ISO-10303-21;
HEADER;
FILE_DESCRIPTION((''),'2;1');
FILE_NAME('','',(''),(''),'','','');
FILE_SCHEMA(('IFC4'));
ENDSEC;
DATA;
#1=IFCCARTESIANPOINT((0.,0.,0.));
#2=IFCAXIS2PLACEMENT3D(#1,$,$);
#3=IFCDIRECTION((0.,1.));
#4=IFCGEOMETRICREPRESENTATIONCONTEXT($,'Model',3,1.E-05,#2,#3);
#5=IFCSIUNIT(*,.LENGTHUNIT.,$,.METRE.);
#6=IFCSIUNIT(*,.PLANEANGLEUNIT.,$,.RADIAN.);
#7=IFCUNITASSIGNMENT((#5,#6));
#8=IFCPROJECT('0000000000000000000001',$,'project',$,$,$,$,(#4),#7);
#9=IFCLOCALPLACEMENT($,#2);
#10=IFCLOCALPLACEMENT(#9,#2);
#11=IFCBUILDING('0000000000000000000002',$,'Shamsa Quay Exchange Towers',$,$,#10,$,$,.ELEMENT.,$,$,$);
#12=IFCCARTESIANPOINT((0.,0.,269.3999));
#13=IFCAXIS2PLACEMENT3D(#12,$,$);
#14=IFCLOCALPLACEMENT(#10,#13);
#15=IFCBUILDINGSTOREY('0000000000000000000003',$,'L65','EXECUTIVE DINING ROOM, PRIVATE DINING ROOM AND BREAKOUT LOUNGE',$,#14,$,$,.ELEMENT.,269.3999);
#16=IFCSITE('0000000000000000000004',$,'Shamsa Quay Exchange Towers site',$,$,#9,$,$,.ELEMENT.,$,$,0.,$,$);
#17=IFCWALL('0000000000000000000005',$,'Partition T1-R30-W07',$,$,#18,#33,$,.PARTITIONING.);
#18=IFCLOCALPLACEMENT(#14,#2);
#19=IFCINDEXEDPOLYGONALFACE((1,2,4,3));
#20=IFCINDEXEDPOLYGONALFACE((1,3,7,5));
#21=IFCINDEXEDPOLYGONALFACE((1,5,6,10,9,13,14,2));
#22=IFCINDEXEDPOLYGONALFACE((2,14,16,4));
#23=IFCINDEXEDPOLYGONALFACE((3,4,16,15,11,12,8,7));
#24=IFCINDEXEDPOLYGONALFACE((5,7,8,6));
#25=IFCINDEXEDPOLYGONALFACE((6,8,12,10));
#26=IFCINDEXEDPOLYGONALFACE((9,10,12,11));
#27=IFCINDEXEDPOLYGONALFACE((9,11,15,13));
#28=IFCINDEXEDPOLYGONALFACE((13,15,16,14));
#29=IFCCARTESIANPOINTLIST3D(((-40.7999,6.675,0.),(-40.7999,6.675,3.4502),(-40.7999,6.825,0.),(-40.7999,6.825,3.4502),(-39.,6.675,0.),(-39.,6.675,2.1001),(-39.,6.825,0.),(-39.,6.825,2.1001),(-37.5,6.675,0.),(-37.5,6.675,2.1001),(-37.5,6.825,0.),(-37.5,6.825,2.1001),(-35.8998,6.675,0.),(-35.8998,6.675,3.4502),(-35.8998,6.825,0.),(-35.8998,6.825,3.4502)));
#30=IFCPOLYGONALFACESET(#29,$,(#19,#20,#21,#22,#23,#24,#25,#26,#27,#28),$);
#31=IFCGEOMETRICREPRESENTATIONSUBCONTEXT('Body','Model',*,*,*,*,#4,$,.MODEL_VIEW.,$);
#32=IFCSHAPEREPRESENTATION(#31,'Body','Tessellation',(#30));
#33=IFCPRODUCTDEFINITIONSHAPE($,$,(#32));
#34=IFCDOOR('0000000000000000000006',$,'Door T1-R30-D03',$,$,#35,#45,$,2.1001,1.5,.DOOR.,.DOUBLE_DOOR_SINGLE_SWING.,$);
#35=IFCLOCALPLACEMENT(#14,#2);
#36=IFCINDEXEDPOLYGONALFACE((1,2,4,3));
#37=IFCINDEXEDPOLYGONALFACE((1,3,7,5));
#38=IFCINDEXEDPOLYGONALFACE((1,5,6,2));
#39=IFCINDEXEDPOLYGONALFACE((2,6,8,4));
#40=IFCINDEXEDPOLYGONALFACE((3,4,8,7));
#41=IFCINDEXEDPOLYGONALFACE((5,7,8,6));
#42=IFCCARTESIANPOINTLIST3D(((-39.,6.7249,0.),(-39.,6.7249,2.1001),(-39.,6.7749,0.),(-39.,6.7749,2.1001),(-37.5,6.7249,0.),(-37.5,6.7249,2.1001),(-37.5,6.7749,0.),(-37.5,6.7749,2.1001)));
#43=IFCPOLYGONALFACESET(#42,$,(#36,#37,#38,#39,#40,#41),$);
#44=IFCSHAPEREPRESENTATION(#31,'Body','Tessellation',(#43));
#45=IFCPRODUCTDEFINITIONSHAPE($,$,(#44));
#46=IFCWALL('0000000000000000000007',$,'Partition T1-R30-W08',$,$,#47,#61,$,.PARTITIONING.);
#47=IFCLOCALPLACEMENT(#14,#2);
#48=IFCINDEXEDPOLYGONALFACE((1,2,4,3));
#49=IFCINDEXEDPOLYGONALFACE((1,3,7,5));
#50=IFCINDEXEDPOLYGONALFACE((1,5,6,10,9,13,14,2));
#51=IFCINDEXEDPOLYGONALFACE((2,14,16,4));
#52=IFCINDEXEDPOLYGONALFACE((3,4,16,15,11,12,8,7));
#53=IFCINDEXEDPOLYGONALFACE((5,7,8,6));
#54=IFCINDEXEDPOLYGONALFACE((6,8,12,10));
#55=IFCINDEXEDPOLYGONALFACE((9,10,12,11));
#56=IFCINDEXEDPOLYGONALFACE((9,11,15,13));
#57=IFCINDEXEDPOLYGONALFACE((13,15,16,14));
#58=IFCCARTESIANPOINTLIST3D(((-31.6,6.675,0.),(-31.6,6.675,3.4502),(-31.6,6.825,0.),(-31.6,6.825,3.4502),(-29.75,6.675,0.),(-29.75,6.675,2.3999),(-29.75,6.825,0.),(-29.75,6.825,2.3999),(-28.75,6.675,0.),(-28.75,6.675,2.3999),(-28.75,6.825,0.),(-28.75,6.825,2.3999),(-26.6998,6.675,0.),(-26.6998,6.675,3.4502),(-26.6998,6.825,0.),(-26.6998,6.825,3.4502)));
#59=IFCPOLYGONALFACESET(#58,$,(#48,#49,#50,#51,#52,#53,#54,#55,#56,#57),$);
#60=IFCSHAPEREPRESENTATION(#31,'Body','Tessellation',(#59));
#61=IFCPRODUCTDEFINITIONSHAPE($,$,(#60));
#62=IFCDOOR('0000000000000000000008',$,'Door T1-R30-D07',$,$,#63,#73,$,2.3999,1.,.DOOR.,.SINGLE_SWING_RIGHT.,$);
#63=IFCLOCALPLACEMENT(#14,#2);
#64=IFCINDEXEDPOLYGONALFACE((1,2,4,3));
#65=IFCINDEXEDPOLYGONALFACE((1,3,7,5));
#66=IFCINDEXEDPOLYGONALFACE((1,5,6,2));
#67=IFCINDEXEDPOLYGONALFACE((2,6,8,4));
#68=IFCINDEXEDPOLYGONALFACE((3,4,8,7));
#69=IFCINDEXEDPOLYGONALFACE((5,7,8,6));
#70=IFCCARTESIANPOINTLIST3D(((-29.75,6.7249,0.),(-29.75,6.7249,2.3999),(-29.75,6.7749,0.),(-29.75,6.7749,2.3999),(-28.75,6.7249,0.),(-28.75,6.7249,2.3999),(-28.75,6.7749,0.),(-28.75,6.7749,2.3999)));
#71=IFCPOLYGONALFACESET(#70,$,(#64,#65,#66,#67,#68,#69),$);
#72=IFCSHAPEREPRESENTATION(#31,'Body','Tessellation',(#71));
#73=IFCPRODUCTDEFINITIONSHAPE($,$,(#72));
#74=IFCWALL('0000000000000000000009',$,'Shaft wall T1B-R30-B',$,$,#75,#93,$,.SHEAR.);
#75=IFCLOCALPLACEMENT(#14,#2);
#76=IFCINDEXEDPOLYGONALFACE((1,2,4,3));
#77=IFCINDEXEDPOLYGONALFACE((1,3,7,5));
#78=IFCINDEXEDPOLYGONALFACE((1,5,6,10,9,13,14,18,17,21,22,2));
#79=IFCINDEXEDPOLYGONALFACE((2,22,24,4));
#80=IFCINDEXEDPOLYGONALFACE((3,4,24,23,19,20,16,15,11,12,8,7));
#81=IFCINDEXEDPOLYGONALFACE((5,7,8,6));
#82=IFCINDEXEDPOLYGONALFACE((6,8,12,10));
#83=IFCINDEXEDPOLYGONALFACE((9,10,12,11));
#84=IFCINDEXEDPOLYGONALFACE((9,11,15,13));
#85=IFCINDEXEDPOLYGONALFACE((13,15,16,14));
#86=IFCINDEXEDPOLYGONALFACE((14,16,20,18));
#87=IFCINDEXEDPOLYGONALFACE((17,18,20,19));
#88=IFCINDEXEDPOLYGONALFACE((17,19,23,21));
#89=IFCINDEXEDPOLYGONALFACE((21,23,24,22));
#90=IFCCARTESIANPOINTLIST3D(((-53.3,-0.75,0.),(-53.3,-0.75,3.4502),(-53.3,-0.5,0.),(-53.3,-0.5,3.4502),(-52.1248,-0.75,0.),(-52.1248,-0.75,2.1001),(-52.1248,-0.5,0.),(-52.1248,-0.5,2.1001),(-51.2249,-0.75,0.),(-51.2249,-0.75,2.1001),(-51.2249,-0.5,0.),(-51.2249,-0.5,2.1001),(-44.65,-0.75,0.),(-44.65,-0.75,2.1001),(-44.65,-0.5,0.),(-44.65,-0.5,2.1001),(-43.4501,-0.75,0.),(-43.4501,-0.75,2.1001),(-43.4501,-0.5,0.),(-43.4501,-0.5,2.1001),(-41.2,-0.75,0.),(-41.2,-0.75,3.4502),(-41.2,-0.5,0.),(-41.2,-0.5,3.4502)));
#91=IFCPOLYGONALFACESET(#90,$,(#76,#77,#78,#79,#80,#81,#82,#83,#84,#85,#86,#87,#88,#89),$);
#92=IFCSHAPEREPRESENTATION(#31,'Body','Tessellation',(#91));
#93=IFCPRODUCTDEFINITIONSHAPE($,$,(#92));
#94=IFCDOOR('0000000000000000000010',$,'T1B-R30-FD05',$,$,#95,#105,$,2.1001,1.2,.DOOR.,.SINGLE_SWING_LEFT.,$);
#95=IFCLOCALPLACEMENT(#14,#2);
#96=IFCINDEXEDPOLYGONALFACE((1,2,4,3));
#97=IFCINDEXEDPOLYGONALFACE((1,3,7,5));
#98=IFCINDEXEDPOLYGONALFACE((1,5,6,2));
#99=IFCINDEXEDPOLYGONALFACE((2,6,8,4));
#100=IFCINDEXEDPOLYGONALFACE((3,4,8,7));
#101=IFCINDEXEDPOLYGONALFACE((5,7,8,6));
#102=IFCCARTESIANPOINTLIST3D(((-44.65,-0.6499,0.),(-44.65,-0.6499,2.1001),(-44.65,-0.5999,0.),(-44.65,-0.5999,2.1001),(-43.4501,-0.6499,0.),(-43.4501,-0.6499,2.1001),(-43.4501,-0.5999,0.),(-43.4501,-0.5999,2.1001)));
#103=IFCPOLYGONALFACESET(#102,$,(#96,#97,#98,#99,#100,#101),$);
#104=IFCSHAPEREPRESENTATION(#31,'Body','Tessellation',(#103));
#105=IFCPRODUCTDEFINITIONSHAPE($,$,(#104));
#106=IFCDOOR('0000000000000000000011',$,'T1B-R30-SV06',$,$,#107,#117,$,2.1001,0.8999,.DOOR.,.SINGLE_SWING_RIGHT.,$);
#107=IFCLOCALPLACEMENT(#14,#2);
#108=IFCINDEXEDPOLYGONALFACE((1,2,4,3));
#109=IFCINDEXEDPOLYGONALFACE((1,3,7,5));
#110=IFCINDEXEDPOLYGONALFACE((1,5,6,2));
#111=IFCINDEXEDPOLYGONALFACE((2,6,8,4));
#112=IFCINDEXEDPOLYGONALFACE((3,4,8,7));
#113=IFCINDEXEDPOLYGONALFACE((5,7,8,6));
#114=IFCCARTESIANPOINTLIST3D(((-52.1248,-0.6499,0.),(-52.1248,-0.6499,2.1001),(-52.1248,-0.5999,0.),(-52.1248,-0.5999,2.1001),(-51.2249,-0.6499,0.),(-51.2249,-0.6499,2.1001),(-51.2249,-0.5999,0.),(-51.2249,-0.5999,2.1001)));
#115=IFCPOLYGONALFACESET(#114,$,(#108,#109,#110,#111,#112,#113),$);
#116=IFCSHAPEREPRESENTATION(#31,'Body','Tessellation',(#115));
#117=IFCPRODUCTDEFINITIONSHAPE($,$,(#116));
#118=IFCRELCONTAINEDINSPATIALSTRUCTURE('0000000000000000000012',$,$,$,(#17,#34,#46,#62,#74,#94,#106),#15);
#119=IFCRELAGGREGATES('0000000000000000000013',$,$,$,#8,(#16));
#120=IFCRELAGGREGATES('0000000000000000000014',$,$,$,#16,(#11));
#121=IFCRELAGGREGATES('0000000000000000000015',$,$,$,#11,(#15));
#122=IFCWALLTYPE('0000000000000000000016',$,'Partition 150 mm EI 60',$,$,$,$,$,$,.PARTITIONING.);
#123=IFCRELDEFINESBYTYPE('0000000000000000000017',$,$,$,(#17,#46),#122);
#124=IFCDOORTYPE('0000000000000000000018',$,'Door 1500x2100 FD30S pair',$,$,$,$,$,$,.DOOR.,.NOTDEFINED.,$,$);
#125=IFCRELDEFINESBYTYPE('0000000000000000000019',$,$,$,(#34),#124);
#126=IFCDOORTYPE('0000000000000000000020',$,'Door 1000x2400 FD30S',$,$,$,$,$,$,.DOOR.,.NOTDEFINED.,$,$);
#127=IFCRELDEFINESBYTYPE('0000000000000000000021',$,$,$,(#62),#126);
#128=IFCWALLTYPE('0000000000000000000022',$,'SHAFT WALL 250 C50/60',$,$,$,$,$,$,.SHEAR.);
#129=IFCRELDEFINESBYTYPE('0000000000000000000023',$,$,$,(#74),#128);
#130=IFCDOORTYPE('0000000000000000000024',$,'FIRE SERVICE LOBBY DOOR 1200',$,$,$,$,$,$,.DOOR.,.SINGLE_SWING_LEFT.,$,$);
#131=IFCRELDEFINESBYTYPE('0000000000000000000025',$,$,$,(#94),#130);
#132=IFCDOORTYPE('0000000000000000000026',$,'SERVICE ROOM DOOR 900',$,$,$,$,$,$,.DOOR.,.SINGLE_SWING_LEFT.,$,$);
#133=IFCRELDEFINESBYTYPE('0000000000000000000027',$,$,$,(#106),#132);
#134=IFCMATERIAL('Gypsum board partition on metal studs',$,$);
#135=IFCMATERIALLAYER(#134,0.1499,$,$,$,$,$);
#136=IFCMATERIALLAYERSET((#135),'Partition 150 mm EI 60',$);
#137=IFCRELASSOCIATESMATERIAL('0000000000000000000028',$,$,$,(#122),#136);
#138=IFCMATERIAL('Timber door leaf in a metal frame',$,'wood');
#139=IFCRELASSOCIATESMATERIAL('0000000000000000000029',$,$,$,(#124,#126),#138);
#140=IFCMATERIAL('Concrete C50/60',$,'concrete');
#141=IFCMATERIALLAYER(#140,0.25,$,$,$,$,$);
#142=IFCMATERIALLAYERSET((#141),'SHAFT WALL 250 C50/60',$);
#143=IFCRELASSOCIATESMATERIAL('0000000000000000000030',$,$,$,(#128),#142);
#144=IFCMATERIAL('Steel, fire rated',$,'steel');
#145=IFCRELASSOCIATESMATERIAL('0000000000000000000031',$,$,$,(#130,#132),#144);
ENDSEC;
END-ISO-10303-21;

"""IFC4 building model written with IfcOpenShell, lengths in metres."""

from ifc_helpers import new_model, si_unit, direction, frame, frame_2d, origin, place, context, subcontext, project, spatial, rectangle, extrude, material, layer, layer_set, type_object, element, fill, save


model = new_model("IFC4")

# Units and contexts
model_context = context("Model", 3, precision=1e-05, world=origin(), true_north=direction((0.0, 1.0)))
body_context = subcontext(model_context, "Body", "Model", "MODEL_VIEW")
ifc_project = project(units=[si_unit("LENGTHUNIT", "METRE"), si_unit("PLANEANGLEUNIT", "RADIAN")], contexts=[model_context])

# Site, building, storey
site_placement = place(None, origin())
site = spatial("IfcSite", under=ifc_project, at=site_placement, Name="Shamsa Quay Exchange Towers site", CompositionType="ELEMENT", RefElevation=0.0)
building_placement = place(site_placement, origin())
building = spatial("IfcBuilding", under=site, at=building_placement, Name="Shamsa Quay Exchange Towers", CompositionType="ELEMENT")
storey_placement = place(building_placement, frame((0.0, 0.0, 269.3999)))
storey = spatial("IfcBuildingStorey", under=building, at=storey_placement, Name="L65", Description="EXECUTIVE DINING ROOM, PRIVATE DINING ROOM AND BREAKOUT LOUNGE", CompositionType="ELEMENT", Elevation=269.3999)

# Shared definitions
ifc_material_1 = material(Name="Timber door leaf in a metal frame", Category="wood")

# Shared definitions
ifc_material_2 = material(Name="Gypsum board partition on metal studs")

# Shared definitions
ifc_layer_1 = layer(ifc_material_2, 0.1499)
ifc_layer_set_1 = layer_set([ifc_layer_1], Name="Partition 150 mm EI 60")
wall_type_1 = type_object("IfcWallType", Name="Partition 150 mm EI 60", PredefinedType="PARTITIONING", material=ifc_layer_set_1)

# Walls, openings, doors
wall_1_placement = place(storey_placement, frame((-40.8, 6.75, 0.0)))
wall_1 = element("IfcWall", 1, at=wall_1_placement, inside=storey, type_object=wall_type_1, Name="Partition T1-R30-W07", PredefinedType="PARTITIONING", context=body_context, shape_type="SweptSolid", body=[
    extrude(rectangle(XDim=4.9001, YDim=0.1499, at=frame_2d((2.4502, 0.0))), origin(), (0.0, 0.0, 1.0), 3.4502),
])
opening_1_placement = place(wall_1_placement, frame((1.8, 0.0, 0.0)))
opening_1 = element("IfcOpeningElement", 2, at=opening_1_placement, cuts=wall_1, PredefinedType="OPENING", context=body_context, shape_type="SweptSolid", body=[
    extrude(rectangle(XDim=1.5, YDim=2.1001, at=frame_2d((0.75, 1.05))), frame((0.0, 0.085, 0.0), z_axis=(0.0, -1.0, 0.0), x_axis=(1.0, 0.0, 0.0)), (0.0, 0.0, 1.0), 0.1699),
])
door_type_1 = type_object("IfcDoorType", Name="Door 1500x2100 FD30S pair", OperationType="NOTDEFINED", PredefinedType="DOOR", material=ifc_material_1)
door_1_placement = place(opening_1_placement, origin())
door_1 = element("IfcDoor", 3, at=door_1_placement, inside=storey, type_object=door_type_1, Name="Door T1-R30-D03", OperationType="DOUBLE_DOOR_SINGLE_SWING", OverallHeight=2.1001, OverallWidth=1.5, PredefinedType="DOOR", context=body_context, shape_type="SweptSolid", body=[
    extrude(rectangle(XDim=1.5, YDim=2.1001, at=frame_2d((0.75, 1.05))), frame((0.0, 0.0249, 0.0), z_axis=(0.0, -1.0, 0.0), x_axis=(1.0, 0.0, 0.0)), (0.0, 0.0, 1.0), 0.05),
])
fill(opening_1, door_1)
wall_2_placement = place(storey_placement, frame((-31.6001, 6.75, 0.0)))
wall_2 = element("IfcWall", 4, at=wall_2_placement, inside=storey, type_object=wall_type_1, Name="Partition T1-R30-W08", PredefinedType="PARTITIONING", context=body_context, shape_type="SweptSolid", body=[
    extrude(rectangle(XDim=4.9001, YDim=0.1499, at=frame_2d((2.4502, 0.0))), origin(), (0.0, 0.0, 1.0), 3.4502),
])
opening_2_placement = place(wall_2_placement, frame((1.8501, 0.0, 0.0)))
opening_2 = element("IfcOpeningElement", 5, at=opening_2_placement, cuts=wall_2, PredefinedType="OPENING", context=body_context, shape_type="SweptSolid", body=[
    extrude(rectangle(XDim=1.0, YDim=2.3999, at=frame_2d((0.5, 1.2))), frame((0.0, 0.085, 0.0), z_axis=(0.0, -1.0, 0.0), x_axis=(1.0, 0.0, 0.0)), (0.0, 0.0, 1.0), 0.1699),
])
door_type_2 = type_object("IfcDoorType", Name="Door 1000x2400 FD30S", OperationType="NOTDEFINED", PredefinedType="DOOR", material=ifc_material_1)
door_2_placement = place(opening_2_placement, origin())
door_2 = element("IfcDoor", 6, at=door_2_placement, inside=storey, type_object=door_type_2, Name="Door T1-R30-D07", OperationType="SINGLE_SWING_RIGHT", OverallHeight=2.3999, OverallWidth=1.0, PredefinedType="DOOR", context=body_context, shape_type="SweptSolid", body=[
    extrude(rectangle(XDim=1.0, YDim=2.3999, at=frame_2d((0.5, 1.2))), frame((0.0, 0.0249, 0.0), z_axis=(0.0, -1.0, 0.0), x_axis=(1.0, 0.0, 0.0)), (0.0, 0.0, 1.0), 0.05),
])
fill(opening_2, door_2)

# Wall, openings, doors
ifc_material_3 = material(Name="Concrete C50/60", Category="concrete")
ifc_layer_2 = layer(ifc_material_3, 0.25)
ifc_layer_set_2 = layer_set([ifc_layer_2], Name="SHAFT WALL 250 C50/60")
wall_type_2 = type_object("IfcWallType", Name="SHAFT WALL 250 C50/60", PredefinedType="SHEAR", material=ifc_layer_set_2)
wall_3_placement = place(storey_placement, frame((-41.2, -0.625, 0.0), z_axis=(0.0, 0.0, 1.0), x_axis=(-1.0, 0.0, 0.0)))
wall_3 = element("IfcWall", 7, at=wall_3_placement, inside=storey, type_object=wall_type_2, Name="Shaft wall T1B-R30-B", PredefinedType="SHEAR", context=body_context, shape_type="SweptSolid", body=[
    extrude(rectangle(XDim=12.1001, YDim=0.25, at=frame_2d((6.05, 0.0))), origin(), (0.0, 0.0, 1.0), 3.4502),
])
opening_3_placement = place(wall_3_placement, frame((2.25, 0.0, 0.0)))
opening_3 = element("IfcOpeningElement", 8, at=opening_3_placement, cuts=wall_3, PredefinedType="OPENING", context=body_context, shape_type="SweptSolid", body=[
    extrude(rectangle(XDim=1.2, YDim=2.1001, at=frame_2d((0.6001, 1.05))), frame((0.0, 0.135, 0.0), z_axis=(0.0, -1.0, 0.0), x_axis=(1.0, 0.0, 0.0)), (0.0, 0.0, 1.0), 0.27),
])
opening_4_placement = place(wall_3_placement, frame((10.0249, 0.0, 0.0)))
opening_4 = element("IfcOpeningElement", 9, at=opening_4_placement, cuts=wall_3, PredefinedType="OPENING", context=body_context, shape_type="SweptSolid", body=[
    extrude(rectangle(XDim=0.8999, YDim=2.1001, at=frame_2d((0.45, 1.05))), frame((0.0, 0.135, 0.0), z_axis=(0.0, -1.0, 0.0), x_axis=(1.0, 0.0, 0.0)), (0.0, 0.0, 1.0), 0.27),
])
ifc_material_4 = material(Name="Steel, fire rated", Category="steel")
door_type_3 = type_object("IfcDoorType", Name="FIRE SERVICE LOBBY DOOR 1200", OperationType="SINGLE_SWING_LEFT", PredefinedType="DOOR", material=ifc_material_4)
door_3_placement = place(opening_3_placement, origin())
door_3 = element("IfcDoor", 10, at=door_3_placement, inside=storey, type_object=door_type_3, Name="T1B-R30-FD05", OperationType="SINGLE_SWING_LEFT", OverallHeight=2.1001, OverallWidth=1.2, PredefinedType="DOOR", context=body_context, shape_type="SweptSolid", body=[
    extrude(rectangle(XDim=1.2, YDim=2.1001, at=frame_2d((0.6001, 1.05))), frame((0.0, 0.0249, 0.0), z_axis=(0.0, -1.0, 0.0), x_axis=(1.0, 0.0, 0.0)), (0.0, 0.0, 1.0), 0.05),
])
fill(opening_3, door_3)
door_type_4 = type_object("IfcDoorType", Name="SERVICE ROOM DOOR 900", OperationType="SINGLE_SWING_LEFT", PredefinedType="DOOR", material=ifc_material_4)
door_4_placement = place(opening_4_placement, origin())
door_4 = element("IfcDoor", 11, at=door_4_placement, inside=storey, type_object=door_type_4, Name="T1B-R30-SV06", OperationType="SINGLE_SWING_RIGHT", OverallHeight=2.1001, OverallWidth=0.8999, PredefinedType="DOOR", context=body_context, shape_type="SweptSolid", body=[
    extrude(rectangle(XDim=0.8999, YDim=2.1001, at=frame_2d((0.45, 1.05))), frame((0.0, 0.0249, 0.0), z_axis=(0.0, -1.0, 0.0), x_axis=(1.0, 0.0, 0.0)), (0.0, 0.0, 1.0), 0.05),
])
fill(opening_4, door_4)

save(model, "model.ifc")
